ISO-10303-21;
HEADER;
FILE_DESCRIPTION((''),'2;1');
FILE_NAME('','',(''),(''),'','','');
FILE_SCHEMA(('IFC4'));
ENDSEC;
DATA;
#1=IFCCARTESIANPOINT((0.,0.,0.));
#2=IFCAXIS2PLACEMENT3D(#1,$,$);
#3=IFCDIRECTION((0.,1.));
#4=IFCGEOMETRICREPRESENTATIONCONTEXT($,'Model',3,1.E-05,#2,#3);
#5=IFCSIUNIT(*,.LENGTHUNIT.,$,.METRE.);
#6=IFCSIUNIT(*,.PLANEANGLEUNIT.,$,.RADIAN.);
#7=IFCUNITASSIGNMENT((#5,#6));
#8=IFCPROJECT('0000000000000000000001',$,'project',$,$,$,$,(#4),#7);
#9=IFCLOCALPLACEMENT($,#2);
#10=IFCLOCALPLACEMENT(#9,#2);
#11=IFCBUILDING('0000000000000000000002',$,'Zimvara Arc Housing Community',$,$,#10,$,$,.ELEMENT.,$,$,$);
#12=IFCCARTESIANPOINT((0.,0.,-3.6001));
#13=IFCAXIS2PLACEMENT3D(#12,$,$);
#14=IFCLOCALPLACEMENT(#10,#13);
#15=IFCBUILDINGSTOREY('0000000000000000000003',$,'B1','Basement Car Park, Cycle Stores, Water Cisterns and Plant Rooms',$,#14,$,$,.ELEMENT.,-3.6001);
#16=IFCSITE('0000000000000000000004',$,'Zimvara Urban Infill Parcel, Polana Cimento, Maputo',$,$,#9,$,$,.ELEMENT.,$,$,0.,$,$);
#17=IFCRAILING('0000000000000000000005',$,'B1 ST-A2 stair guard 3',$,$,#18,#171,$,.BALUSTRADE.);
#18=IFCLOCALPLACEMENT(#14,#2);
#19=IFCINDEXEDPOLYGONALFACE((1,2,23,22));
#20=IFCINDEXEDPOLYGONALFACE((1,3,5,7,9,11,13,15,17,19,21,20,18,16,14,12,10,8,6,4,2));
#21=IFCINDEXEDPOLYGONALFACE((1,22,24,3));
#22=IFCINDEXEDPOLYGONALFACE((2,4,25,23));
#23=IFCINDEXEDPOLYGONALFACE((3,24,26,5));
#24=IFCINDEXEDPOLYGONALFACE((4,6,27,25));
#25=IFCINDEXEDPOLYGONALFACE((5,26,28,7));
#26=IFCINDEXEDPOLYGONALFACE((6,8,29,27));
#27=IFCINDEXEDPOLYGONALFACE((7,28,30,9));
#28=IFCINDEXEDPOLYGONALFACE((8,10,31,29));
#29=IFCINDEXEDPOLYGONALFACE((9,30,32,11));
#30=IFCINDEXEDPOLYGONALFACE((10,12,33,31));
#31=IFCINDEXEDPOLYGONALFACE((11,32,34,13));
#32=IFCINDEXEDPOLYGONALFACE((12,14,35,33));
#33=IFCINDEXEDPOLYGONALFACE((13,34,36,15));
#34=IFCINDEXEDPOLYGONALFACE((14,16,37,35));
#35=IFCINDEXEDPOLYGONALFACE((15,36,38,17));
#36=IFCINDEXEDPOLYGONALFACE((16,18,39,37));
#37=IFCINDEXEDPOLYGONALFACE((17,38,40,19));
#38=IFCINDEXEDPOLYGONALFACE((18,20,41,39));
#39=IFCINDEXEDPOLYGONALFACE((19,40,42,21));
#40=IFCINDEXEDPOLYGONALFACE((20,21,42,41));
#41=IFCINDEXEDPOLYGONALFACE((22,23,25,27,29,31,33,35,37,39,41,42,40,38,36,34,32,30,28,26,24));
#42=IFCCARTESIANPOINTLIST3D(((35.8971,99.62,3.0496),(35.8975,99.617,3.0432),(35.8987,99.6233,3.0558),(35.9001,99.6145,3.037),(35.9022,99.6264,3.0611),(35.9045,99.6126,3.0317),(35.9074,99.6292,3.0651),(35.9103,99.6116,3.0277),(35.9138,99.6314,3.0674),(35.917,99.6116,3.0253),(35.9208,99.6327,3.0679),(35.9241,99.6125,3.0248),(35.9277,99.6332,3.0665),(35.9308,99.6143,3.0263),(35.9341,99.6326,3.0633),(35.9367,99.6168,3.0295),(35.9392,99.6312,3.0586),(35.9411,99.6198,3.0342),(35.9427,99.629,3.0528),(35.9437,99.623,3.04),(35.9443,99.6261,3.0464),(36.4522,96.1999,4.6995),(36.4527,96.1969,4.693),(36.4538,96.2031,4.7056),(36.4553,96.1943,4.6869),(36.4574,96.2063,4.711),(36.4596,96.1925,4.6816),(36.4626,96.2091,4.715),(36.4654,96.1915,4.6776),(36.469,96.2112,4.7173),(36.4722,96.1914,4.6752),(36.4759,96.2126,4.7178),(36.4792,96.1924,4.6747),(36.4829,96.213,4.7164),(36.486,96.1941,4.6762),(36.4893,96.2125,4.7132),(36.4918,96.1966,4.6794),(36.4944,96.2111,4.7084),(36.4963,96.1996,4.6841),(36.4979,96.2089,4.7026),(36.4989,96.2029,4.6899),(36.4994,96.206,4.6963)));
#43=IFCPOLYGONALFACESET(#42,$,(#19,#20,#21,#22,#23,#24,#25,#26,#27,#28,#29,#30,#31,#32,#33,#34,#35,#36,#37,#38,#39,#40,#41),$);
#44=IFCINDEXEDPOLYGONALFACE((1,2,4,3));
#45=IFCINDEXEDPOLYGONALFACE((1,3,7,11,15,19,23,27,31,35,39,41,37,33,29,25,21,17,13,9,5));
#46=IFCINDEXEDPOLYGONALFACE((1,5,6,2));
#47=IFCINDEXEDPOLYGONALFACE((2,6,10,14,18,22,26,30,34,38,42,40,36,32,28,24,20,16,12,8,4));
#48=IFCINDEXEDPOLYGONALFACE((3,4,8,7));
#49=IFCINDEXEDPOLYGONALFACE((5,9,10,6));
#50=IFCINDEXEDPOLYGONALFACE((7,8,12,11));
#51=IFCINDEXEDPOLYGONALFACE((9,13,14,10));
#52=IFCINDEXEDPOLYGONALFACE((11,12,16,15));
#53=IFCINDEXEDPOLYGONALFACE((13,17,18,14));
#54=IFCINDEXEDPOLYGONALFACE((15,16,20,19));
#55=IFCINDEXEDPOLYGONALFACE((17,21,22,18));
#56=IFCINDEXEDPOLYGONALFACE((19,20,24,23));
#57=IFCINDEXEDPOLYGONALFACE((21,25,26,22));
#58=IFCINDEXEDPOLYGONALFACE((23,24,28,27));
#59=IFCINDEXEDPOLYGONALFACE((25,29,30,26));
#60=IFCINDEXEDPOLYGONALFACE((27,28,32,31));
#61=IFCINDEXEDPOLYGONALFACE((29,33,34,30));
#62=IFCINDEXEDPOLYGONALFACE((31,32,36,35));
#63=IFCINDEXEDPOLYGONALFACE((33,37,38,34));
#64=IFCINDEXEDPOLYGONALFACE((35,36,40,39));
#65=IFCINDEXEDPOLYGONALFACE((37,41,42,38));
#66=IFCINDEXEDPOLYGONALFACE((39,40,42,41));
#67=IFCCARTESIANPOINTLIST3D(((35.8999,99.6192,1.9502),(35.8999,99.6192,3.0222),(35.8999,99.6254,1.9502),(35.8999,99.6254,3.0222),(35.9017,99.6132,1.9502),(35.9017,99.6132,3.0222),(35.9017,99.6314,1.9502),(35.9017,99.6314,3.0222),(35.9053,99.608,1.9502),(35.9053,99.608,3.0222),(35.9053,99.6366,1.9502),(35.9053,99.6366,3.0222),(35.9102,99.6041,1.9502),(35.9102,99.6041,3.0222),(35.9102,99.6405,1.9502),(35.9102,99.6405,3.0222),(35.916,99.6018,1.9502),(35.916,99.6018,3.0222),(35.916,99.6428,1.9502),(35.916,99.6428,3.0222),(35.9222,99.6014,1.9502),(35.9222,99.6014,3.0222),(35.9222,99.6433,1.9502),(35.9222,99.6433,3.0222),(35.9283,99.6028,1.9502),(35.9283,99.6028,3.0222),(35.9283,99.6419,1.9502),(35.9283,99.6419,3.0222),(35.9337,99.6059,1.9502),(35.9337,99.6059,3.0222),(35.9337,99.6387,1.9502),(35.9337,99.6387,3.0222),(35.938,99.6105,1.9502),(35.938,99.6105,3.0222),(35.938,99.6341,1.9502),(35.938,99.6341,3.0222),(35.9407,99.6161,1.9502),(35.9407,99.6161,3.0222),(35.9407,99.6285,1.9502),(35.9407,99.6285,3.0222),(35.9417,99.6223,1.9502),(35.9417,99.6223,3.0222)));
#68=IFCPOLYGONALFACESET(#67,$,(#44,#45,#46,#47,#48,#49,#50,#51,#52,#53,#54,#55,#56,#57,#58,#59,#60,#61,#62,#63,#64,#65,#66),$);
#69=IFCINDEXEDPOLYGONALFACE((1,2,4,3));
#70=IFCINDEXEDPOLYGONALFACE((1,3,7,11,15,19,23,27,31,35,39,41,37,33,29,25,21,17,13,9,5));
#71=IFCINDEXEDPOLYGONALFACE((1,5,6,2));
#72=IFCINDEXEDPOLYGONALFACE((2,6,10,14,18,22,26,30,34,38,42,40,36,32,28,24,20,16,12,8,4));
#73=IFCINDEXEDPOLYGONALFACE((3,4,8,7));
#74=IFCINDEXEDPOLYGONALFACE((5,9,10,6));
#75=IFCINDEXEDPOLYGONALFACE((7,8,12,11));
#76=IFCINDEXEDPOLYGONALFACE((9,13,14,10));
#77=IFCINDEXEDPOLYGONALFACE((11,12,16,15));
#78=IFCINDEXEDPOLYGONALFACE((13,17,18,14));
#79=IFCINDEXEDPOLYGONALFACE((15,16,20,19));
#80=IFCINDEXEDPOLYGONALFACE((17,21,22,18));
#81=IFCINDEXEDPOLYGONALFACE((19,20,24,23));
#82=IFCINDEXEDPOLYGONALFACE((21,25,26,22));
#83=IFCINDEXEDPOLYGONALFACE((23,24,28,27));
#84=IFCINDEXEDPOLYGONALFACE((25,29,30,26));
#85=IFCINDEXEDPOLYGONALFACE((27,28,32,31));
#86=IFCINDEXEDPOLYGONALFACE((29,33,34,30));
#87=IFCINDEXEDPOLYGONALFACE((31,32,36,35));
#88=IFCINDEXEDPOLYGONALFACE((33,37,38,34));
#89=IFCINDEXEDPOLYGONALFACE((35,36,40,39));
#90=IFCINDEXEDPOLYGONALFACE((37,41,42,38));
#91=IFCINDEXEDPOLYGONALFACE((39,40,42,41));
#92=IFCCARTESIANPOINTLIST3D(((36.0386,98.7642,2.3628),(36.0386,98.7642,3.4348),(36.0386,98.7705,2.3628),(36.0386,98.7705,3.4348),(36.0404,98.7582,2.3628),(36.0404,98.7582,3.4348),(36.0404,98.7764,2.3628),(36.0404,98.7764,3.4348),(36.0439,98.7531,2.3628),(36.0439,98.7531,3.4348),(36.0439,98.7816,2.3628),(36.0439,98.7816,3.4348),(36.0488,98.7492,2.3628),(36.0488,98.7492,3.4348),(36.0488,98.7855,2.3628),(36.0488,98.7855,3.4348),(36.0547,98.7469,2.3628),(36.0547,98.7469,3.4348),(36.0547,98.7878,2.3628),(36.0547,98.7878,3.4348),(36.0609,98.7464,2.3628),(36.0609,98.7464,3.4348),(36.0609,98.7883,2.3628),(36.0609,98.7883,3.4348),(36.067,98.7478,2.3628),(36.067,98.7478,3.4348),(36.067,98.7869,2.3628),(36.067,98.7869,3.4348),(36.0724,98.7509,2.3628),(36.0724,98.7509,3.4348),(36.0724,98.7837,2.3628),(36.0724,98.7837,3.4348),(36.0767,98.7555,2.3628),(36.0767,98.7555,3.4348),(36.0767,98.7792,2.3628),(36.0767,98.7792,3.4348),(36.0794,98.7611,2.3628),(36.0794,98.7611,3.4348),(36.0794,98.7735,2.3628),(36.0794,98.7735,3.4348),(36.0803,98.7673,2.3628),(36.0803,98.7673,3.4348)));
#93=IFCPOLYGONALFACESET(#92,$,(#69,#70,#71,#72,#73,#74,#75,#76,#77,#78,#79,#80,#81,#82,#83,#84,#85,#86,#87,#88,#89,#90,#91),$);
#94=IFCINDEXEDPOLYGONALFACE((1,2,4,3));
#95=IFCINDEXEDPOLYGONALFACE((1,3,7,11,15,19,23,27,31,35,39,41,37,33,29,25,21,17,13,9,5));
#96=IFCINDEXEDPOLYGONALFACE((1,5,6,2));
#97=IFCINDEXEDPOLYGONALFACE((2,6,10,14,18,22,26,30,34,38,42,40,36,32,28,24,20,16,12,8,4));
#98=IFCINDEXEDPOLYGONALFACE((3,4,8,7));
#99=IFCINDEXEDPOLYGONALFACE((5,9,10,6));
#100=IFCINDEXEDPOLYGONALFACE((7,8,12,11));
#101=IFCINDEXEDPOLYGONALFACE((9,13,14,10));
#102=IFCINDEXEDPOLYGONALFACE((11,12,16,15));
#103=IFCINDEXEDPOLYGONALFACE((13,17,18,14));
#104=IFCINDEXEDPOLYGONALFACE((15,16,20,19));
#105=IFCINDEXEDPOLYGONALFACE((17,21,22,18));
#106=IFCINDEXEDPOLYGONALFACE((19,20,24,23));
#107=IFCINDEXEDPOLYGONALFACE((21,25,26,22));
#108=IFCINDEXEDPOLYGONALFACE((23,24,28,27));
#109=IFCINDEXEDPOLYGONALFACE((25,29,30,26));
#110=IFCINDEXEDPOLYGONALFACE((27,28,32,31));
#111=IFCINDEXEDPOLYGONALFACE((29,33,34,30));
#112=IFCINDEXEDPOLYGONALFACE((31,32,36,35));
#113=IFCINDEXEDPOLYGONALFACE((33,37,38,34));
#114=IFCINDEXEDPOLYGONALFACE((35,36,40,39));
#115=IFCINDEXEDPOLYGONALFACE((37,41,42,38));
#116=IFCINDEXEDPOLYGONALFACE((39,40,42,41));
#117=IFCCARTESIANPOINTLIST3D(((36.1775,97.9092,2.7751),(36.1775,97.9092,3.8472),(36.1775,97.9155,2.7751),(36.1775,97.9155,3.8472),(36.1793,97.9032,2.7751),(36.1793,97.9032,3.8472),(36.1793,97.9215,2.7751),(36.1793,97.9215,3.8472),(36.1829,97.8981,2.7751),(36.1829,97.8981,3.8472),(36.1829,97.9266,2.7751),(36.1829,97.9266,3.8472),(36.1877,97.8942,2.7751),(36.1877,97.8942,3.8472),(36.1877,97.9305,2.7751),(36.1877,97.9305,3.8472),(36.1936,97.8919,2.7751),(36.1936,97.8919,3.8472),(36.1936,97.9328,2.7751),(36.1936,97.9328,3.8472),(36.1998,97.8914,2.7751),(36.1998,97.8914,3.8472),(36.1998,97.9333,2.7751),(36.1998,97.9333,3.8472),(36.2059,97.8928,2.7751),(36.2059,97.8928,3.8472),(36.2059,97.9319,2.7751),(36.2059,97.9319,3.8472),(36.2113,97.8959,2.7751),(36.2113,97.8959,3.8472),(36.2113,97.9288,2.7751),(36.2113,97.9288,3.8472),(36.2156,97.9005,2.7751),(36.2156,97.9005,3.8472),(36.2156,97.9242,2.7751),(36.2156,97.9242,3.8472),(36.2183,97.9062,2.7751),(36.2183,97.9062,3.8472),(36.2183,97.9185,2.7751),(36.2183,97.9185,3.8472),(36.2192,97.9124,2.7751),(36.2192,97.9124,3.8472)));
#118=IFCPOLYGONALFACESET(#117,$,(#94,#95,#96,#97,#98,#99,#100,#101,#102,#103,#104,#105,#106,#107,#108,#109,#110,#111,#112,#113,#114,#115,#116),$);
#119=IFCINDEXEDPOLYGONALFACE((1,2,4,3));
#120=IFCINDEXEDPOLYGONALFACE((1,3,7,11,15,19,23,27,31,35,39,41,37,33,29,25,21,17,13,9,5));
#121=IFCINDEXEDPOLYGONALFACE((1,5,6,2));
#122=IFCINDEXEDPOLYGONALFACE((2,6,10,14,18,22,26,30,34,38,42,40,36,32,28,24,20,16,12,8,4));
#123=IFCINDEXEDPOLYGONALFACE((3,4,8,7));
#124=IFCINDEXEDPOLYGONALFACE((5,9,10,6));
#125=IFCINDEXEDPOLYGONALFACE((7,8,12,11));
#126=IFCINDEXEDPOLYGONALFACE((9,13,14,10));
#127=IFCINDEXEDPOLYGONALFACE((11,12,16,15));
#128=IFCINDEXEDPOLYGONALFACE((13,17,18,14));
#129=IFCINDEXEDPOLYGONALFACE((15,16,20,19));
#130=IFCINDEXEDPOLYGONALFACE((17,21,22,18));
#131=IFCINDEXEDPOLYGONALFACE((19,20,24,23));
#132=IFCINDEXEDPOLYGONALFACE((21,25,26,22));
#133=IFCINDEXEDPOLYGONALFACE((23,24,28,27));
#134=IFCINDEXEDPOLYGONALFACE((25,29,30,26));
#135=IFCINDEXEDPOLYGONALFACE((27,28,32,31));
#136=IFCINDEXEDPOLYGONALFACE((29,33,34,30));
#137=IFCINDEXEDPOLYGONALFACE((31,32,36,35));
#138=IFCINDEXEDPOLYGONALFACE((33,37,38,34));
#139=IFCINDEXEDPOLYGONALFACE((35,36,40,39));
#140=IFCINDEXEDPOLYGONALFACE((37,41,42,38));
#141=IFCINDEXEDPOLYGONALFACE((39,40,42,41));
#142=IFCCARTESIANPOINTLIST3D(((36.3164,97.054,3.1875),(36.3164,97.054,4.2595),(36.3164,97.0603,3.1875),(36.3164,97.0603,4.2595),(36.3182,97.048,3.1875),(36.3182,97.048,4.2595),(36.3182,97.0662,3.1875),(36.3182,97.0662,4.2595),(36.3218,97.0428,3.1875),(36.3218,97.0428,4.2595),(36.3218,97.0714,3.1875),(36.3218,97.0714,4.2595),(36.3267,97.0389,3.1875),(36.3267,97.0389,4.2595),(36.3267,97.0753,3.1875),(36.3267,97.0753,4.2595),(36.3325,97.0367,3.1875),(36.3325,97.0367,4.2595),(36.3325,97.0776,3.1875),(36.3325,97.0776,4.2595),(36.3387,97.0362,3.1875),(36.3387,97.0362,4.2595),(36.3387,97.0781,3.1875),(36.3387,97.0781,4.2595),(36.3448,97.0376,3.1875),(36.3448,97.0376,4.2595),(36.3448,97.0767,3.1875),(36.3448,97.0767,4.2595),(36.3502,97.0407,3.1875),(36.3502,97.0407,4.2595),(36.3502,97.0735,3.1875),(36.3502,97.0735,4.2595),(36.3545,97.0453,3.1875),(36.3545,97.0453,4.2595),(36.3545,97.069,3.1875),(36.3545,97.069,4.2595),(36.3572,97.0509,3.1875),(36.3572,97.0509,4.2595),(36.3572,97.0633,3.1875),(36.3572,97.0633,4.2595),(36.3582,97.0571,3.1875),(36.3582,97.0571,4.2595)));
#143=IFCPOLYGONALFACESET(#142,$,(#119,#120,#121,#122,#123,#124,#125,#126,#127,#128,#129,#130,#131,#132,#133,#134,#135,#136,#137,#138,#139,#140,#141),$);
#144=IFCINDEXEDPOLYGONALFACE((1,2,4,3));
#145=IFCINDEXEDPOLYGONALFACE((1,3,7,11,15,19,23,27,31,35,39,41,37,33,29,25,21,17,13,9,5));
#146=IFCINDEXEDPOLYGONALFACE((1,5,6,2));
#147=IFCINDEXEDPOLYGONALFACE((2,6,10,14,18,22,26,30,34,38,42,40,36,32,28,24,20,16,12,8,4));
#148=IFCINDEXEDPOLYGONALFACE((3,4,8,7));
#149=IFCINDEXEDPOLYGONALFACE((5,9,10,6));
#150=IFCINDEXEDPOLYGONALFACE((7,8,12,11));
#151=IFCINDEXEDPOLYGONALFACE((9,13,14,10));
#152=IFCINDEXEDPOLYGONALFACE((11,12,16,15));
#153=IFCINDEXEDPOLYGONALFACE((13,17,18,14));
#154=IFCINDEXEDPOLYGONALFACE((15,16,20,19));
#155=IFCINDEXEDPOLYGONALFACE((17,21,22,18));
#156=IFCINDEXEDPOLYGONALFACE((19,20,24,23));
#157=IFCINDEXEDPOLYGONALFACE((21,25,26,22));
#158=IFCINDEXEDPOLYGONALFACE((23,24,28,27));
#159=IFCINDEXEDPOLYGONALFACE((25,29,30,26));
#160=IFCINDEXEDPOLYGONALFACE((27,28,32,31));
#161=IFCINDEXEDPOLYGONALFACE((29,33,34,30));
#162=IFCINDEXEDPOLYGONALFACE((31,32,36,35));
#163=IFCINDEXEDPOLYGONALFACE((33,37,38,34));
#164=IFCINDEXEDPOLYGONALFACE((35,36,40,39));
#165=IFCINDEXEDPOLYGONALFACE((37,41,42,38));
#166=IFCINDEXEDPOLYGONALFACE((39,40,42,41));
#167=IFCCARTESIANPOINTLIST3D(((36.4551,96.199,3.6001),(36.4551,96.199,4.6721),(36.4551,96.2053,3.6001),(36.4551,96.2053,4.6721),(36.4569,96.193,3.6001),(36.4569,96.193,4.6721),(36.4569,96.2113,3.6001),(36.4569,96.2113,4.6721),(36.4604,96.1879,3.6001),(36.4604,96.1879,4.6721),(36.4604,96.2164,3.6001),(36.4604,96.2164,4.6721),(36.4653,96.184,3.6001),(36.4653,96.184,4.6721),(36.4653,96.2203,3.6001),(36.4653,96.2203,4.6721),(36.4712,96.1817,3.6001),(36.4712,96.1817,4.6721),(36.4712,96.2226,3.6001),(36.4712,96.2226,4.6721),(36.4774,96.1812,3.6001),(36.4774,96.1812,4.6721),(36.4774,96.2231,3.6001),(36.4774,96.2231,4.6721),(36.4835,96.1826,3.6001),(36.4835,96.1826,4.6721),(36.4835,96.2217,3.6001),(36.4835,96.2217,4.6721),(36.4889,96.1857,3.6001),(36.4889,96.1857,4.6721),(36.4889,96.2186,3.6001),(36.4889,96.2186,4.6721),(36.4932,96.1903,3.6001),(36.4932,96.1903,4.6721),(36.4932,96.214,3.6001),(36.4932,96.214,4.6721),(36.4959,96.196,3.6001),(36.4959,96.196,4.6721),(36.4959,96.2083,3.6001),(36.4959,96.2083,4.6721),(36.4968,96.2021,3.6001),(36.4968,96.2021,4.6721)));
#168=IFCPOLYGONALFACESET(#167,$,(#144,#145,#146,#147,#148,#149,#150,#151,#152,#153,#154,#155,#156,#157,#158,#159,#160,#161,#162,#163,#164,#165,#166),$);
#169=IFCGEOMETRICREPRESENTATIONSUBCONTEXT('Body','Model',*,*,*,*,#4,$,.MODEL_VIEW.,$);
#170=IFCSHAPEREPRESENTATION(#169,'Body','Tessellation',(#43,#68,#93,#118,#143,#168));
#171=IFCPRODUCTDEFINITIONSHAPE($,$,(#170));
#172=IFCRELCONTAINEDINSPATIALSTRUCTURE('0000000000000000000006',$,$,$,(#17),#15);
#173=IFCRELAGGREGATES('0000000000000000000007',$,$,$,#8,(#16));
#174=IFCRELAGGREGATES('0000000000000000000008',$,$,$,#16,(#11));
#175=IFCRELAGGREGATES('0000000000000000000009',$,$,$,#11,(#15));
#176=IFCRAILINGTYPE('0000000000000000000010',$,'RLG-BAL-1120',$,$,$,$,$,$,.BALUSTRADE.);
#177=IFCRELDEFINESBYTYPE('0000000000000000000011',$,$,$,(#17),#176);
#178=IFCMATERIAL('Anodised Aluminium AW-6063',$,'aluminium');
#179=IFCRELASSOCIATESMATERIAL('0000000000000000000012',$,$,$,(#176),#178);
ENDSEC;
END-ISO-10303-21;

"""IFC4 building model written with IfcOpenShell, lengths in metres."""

from ifc_helpers import new_model, si_unit, direction, frame, origin, origin_2d, place, context, subcontext, project, spatial, circle, extrude, material, type_object, element, save


model = new_model("IFC4")

# Units and contexts
model_context = context("Model", 3, precision=1e-05, world=origin(), true_north=direction((0.0, 1.0)))
body_context = subcontext(model_context, "Body", "Model", "MODEL_VIEW")
ifc_project = project(units=[si_unit("LENGTHUNIT", "METRE"), si_unit("PLANEANGLEUNIT", "RADIAN")], contexts=[model_context])

# Site, building, storey
site_placement = place(None, origin())
site = spatial("IfcSite", under=ifc_project, at=site_placement, Name="Zimvara Urban Infill Parcel, Polana Cimento, Maputo", CompositionType="ELEMENT", RefElevation=0.0)
building_placement = place(site_placement, origin())
building = spatial("IfcBuilding", under=site, at=building_placement, Name="Zimvara Arc Housing Community", CompositionType="ELEMENT")
storey_placement = place(building_placement, frame((0.0, 0.0, -3.6001)))
storey = spatial("IfcBuildingStorey", under=building, at=storey_placement, Name="B1", Description="Basement Car Park, Cycle Stores, Water Cisterns and Plant Rooms", CompositionType="ELEMENT", Elevation=-3.6001)

# Railing
ifc_material_1 = material(Name="Anodised Aluminium AW-6063", Category="aluminium")
railing_type_1 = type_object("IfcRailingType", Name="RLG-BAL-1120", PredefinedType="BALUSTRADE", material=ifc_material_1)
railing_1_placement = place(storey_placement, frame((35.9207, 99.6223, 1.9502)))
element("IfcRailing", 1, at=railing_1_placement, inside=storey, type_object=railing_type_1, Name="B1 ST-A2 stair guard 3", PredefinedType="BALUSTRADE", context=body_context, shape_type="SweptSolid", body=[
    extrude(circle(Radius=0.0239, at=origin_2d()), frame((0.0, 0.0, 1.0962), z_axis=(0.144664, -0.891202, 0.42992), x_axis=(0.98708, 0.160227, 0.0)), (0.0, 0.0, 1.0), 3.8376),
    extrude(circle(Radius=0.021, at=origin_2d()), origin(), (0.0, 0.0, 1.0), 1.072),
    extrude(circle(Radius=0.021, at=origin_2d()), frame((0.1387, -0.855, 0.4126)), (0.0, 0.0, 1.0), 1.072),
    extrude(circle(Radius=0.021, at=origin_2d()), frame((0.2776, -1.71, 0.825)), (0.0, 0.0, 1.0), 1.072),
    extrude(circle(Radius=0.021, at=origin_2d()), frame((0.4165, -2.5652, 1.2373)), (0.0, 0.0, 1.0), 1.072),
    extrude(circle(Radius=0.021, at=origin_2d()), frame((0.5552, -3.4202, 1.6499)), (0.0, 0.0, 1.0), 1.072),
])

save(model, "model.ifc")
